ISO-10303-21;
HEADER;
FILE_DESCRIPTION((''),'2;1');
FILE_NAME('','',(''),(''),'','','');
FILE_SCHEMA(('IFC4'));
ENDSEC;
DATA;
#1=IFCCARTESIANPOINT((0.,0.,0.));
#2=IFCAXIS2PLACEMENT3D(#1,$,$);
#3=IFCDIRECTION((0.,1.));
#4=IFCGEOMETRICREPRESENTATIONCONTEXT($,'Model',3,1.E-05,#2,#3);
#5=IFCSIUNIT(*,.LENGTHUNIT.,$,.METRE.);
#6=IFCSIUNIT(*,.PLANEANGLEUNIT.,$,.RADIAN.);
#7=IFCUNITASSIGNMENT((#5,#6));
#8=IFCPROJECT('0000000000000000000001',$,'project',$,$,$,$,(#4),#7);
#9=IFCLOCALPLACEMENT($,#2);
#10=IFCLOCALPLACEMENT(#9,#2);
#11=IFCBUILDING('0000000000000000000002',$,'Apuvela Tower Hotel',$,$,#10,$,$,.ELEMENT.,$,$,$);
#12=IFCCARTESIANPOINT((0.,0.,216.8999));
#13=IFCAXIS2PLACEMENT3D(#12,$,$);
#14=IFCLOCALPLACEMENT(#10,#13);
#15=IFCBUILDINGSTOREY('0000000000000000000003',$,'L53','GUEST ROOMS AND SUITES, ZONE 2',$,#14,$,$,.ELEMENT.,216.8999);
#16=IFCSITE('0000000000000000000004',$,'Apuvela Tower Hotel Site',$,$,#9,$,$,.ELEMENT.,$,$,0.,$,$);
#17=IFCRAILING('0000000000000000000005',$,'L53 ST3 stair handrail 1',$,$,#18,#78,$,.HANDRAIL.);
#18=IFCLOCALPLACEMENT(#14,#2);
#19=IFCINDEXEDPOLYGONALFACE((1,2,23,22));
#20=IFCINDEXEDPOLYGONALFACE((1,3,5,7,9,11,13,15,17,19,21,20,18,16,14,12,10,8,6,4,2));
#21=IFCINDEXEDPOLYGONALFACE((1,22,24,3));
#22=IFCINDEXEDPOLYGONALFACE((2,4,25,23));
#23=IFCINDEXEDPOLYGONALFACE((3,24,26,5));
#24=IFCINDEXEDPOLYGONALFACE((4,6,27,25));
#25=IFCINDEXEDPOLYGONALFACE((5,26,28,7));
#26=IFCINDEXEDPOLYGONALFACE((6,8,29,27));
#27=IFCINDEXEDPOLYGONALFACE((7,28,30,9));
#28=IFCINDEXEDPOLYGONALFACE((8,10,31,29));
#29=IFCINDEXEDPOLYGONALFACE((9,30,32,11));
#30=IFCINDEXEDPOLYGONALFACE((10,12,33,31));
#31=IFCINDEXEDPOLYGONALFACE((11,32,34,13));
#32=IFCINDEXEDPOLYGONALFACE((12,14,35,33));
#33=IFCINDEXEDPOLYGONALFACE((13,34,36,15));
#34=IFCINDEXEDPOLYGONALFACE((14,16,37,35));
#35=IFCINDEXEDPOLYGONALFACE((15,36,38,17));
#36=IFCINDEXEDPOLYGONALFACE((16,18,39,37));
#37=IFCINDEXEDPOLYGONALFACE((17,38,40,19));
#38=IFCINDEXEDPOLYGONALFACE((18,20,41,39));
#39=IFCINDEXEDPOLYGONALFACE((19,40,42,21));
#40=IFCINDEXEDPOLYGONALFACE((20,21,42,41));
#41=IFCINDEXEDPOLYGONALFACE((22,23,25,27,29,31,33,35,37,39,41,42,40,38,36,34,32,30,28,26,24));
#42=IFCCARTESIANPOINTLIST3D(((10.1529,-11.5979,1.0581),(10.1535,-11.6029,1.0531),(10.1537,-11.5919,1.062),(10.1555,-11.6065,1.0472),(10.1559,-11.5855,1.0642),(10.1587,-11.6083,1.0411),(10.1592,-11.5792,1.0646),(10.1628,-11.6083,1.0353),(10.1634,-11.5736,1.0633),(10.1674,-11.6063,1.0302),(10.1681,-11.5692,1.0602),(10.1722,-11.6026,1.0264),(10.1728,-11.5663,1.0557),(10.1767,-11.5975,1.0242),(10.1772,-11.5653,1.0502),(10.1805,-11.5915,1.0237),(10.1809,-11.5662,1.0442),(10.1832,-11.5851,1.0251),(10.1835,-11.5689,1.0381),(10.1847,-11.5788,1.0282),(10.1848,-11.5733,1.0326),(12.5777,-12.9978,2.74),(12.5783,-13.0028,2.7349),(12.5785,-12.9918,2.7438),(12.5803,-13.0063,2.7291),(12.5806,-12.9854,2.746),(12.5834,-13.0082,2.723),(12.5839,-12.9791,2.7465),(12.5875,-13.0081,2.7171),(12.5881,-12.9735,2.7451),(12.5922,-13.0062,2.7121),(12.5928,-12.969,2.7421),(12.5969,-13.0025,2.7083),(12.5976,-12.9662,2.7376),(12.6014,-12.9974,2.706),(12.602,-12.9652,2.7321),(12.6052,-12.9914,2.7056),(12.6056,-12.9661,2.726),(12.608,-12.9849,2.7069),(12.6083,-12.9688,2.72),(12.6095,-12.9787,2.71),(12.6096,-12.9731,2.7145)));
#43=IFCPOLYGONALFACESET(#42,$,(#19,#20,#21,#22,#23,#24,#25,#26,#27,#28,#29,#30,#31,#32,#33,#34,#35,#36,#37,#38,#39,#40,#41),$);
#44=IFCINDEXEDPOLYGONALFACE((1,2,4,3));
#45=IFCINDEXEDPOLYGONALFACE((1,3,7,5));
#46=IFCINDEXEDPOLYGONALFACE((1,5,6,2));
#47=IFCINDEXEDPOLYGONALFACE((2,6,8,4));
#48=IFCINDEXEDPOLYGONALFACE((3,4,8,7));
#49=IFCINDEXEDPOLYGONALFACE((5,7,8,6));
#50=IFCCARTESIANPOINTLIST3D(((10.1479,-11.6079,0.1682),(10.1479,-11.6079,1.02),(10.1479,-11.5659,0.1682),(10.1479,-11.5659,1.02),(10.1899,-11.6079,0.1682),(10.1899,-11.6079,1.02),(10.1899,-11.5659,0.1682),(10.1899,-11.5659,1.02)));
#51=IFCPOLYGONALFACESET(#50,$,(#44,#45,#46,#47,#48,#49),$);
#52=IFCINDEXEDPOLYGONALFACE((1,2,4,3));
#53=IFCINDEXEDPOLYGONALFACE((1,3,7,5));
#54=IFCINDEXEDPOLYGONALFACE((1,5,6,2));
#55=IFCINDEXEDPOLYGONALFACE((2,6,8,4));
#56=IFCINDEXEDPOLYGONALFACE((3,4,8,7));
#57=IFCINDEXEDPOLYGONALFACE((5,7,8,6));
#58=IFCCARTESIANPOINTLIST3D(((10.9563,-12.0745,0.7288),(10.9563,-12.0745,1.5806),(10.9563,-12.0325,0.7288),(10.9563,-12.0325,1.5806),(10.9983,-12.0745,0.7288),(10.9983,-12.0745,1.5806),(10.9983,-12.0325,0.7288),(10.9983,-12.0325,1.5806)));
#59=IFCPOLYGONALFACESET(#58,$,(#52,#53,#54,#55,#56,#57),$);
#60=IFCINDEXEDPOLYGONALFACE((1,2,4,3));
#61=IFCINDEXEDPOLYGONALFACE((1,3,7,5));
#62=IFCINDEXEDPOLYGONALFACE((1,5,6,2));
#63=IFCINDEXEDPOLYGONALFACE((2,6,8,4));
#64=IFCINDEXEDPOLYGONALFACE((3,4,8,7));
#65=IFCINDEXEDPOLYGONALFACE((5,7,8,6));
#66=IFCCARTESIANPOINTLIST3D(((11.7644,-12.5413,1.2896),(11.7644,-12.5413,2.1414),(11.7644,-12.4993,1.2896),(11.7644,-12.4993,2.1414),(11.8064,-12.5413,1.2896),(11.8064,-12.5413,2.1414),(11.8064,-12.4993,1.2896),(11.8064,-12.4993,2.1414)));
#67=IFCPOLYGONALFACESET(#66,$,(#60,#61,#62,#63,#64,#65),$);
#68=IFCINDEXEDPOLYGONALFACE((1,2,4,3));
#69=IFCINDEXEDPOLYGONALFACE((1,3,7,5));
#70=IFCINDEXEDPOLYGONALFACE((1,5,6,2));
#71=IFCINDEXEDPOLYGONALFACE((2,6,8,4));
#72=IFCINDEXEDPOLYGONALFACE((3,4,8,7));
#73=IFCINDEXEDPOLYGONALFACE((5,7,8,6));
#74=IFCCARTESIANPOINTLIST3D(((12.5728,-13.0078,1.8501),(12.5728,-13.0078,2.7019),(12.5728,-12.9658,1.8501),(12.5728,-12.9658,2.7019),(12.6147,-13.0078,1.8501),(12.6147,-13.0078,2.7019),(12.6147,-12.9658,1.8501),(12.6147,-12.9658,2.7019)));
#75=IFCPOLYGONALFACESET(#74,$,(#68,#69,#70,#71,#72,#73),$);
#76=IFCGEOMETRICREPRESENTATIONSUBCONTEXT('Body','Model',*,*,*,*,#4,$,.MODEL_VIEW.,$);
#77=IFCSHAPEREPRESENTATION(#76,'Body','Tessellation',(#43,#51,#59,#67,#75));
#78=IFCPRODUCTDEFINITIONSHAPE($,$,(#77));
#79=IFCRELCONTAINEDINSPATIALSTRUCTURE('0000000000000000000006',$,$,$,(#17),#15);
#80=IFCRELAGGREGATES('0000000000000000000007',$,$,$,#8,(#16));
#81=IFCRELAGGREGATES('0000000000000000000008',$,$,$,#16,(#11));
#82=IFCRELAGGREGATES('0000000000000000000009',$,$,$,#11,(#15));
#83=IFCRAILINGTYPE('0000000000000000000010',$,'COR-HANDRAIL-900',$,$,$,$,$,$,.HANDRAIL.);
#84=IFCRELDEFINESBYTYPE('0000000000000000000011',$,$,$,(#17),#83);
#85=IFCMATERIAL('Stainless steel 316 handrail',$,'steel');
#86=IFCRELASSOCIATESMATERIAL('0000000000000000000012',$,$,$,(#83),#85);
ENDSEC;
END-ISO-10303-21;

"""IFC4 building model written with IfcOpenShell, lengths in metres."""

from ifc_helpers import new_model, si_unit, direction, frame, origin, origin_2d, place, context, subcontext, project, spatial, rectangle, circle, extrude, material, type_object, element, save


model = new_model("IFC4")

# Units and contexts
model_context = context("Model", 3, precision=1e-05, world=origin(), true_north=direction((0.0, 1.0)))
body_context = subcontext(model_context, "Body", "Model", "MODEL_VIEW")
ifc_project = project(units=[si_unit("LENGTHUNIT", "METRE"), si_unit("PLANEANGLEUNIT", "RADIAN")], contexts=[model_context])

# Site, building, storey
site_placement = place(None, origin())
site = spatial("IfcSite", under=ifc_project, at=site_placement, Name="Apuvela Tower Hotel Site", CompositionType="ELEMENT", RefElevation=0.0)
building_placement = place(site_placement, origin())
building = spatial("IfcBuilding", under=site, at=building_placement, Name="Apuvela Tower Hotel", CompositionType="ELEMENT")
storey_placement = place(building_placement, frame((0.0, 0.0, 216.8999)))
storey = spatial("IfcBuildingStorey", under=building, at=storey_placement, Name="L53", Description="GUEST ROOMS AND SUITES, ZONE 2", CompositionType="ELEMENT", Elevation=216.8999)

# Railing
ifc_material_1 = material(Name="Stainless steel 316 handrail", Category="steel")
railing_type_1 = type_object("IfcRailingType", Name="COR-HANDRAIL-900", PredefinedType="HANDRAIL", material=ifc_material_1)
railing_1_placement = place(storey_placement, frame((10.1689, -11.5869, 0.1682)))
element("IfcRailing", 1, at=railing_1_placement, inside=storey, type_object=railing_type_1, Name="L53 ST3 stair handrail 1", PredefinedType="HANDRAIL", context=body_context, shape_type="SweptSolid", body=[
    extrude(circle(Radius=0.0239, at=origin_2d()), frame((0.0, 0.0, 0.876), z_axis=(0.74239, -0.428601, 0.514934), x_axis=(0.499984, 0.866035, 0.0)), (0.0, 0.0, 1.0), 3.2661),
    extrude(rectangle(XDim=0.042, YDim=0.042, at=origin_2d()), origin(), (0.0, 0.0, 1.0), 0.8518),
    extrude(rectangle(XDim=0.042, YDim=0.042, at=origin_2d()), frame((0.8083, -0.4666, 0.5605)), (0.0, 0.0, 1.0), 0.8518),
    extrude(rectangle(XDim=0.042, YDim=0.042, at=origin_2d()), frame((1.6165, -0.9333, 1.1213)), (0.0, 0.0, 1.0), 0.8518),
    extrude(rectangle(XDim=0.042, YDim=0.042, at=origin_2d()), frame((2.4248, -1.3999, 1.6819)), (0.0, 0.0, 1.0), 0.8518),
])

save(model, "model.ifc")
